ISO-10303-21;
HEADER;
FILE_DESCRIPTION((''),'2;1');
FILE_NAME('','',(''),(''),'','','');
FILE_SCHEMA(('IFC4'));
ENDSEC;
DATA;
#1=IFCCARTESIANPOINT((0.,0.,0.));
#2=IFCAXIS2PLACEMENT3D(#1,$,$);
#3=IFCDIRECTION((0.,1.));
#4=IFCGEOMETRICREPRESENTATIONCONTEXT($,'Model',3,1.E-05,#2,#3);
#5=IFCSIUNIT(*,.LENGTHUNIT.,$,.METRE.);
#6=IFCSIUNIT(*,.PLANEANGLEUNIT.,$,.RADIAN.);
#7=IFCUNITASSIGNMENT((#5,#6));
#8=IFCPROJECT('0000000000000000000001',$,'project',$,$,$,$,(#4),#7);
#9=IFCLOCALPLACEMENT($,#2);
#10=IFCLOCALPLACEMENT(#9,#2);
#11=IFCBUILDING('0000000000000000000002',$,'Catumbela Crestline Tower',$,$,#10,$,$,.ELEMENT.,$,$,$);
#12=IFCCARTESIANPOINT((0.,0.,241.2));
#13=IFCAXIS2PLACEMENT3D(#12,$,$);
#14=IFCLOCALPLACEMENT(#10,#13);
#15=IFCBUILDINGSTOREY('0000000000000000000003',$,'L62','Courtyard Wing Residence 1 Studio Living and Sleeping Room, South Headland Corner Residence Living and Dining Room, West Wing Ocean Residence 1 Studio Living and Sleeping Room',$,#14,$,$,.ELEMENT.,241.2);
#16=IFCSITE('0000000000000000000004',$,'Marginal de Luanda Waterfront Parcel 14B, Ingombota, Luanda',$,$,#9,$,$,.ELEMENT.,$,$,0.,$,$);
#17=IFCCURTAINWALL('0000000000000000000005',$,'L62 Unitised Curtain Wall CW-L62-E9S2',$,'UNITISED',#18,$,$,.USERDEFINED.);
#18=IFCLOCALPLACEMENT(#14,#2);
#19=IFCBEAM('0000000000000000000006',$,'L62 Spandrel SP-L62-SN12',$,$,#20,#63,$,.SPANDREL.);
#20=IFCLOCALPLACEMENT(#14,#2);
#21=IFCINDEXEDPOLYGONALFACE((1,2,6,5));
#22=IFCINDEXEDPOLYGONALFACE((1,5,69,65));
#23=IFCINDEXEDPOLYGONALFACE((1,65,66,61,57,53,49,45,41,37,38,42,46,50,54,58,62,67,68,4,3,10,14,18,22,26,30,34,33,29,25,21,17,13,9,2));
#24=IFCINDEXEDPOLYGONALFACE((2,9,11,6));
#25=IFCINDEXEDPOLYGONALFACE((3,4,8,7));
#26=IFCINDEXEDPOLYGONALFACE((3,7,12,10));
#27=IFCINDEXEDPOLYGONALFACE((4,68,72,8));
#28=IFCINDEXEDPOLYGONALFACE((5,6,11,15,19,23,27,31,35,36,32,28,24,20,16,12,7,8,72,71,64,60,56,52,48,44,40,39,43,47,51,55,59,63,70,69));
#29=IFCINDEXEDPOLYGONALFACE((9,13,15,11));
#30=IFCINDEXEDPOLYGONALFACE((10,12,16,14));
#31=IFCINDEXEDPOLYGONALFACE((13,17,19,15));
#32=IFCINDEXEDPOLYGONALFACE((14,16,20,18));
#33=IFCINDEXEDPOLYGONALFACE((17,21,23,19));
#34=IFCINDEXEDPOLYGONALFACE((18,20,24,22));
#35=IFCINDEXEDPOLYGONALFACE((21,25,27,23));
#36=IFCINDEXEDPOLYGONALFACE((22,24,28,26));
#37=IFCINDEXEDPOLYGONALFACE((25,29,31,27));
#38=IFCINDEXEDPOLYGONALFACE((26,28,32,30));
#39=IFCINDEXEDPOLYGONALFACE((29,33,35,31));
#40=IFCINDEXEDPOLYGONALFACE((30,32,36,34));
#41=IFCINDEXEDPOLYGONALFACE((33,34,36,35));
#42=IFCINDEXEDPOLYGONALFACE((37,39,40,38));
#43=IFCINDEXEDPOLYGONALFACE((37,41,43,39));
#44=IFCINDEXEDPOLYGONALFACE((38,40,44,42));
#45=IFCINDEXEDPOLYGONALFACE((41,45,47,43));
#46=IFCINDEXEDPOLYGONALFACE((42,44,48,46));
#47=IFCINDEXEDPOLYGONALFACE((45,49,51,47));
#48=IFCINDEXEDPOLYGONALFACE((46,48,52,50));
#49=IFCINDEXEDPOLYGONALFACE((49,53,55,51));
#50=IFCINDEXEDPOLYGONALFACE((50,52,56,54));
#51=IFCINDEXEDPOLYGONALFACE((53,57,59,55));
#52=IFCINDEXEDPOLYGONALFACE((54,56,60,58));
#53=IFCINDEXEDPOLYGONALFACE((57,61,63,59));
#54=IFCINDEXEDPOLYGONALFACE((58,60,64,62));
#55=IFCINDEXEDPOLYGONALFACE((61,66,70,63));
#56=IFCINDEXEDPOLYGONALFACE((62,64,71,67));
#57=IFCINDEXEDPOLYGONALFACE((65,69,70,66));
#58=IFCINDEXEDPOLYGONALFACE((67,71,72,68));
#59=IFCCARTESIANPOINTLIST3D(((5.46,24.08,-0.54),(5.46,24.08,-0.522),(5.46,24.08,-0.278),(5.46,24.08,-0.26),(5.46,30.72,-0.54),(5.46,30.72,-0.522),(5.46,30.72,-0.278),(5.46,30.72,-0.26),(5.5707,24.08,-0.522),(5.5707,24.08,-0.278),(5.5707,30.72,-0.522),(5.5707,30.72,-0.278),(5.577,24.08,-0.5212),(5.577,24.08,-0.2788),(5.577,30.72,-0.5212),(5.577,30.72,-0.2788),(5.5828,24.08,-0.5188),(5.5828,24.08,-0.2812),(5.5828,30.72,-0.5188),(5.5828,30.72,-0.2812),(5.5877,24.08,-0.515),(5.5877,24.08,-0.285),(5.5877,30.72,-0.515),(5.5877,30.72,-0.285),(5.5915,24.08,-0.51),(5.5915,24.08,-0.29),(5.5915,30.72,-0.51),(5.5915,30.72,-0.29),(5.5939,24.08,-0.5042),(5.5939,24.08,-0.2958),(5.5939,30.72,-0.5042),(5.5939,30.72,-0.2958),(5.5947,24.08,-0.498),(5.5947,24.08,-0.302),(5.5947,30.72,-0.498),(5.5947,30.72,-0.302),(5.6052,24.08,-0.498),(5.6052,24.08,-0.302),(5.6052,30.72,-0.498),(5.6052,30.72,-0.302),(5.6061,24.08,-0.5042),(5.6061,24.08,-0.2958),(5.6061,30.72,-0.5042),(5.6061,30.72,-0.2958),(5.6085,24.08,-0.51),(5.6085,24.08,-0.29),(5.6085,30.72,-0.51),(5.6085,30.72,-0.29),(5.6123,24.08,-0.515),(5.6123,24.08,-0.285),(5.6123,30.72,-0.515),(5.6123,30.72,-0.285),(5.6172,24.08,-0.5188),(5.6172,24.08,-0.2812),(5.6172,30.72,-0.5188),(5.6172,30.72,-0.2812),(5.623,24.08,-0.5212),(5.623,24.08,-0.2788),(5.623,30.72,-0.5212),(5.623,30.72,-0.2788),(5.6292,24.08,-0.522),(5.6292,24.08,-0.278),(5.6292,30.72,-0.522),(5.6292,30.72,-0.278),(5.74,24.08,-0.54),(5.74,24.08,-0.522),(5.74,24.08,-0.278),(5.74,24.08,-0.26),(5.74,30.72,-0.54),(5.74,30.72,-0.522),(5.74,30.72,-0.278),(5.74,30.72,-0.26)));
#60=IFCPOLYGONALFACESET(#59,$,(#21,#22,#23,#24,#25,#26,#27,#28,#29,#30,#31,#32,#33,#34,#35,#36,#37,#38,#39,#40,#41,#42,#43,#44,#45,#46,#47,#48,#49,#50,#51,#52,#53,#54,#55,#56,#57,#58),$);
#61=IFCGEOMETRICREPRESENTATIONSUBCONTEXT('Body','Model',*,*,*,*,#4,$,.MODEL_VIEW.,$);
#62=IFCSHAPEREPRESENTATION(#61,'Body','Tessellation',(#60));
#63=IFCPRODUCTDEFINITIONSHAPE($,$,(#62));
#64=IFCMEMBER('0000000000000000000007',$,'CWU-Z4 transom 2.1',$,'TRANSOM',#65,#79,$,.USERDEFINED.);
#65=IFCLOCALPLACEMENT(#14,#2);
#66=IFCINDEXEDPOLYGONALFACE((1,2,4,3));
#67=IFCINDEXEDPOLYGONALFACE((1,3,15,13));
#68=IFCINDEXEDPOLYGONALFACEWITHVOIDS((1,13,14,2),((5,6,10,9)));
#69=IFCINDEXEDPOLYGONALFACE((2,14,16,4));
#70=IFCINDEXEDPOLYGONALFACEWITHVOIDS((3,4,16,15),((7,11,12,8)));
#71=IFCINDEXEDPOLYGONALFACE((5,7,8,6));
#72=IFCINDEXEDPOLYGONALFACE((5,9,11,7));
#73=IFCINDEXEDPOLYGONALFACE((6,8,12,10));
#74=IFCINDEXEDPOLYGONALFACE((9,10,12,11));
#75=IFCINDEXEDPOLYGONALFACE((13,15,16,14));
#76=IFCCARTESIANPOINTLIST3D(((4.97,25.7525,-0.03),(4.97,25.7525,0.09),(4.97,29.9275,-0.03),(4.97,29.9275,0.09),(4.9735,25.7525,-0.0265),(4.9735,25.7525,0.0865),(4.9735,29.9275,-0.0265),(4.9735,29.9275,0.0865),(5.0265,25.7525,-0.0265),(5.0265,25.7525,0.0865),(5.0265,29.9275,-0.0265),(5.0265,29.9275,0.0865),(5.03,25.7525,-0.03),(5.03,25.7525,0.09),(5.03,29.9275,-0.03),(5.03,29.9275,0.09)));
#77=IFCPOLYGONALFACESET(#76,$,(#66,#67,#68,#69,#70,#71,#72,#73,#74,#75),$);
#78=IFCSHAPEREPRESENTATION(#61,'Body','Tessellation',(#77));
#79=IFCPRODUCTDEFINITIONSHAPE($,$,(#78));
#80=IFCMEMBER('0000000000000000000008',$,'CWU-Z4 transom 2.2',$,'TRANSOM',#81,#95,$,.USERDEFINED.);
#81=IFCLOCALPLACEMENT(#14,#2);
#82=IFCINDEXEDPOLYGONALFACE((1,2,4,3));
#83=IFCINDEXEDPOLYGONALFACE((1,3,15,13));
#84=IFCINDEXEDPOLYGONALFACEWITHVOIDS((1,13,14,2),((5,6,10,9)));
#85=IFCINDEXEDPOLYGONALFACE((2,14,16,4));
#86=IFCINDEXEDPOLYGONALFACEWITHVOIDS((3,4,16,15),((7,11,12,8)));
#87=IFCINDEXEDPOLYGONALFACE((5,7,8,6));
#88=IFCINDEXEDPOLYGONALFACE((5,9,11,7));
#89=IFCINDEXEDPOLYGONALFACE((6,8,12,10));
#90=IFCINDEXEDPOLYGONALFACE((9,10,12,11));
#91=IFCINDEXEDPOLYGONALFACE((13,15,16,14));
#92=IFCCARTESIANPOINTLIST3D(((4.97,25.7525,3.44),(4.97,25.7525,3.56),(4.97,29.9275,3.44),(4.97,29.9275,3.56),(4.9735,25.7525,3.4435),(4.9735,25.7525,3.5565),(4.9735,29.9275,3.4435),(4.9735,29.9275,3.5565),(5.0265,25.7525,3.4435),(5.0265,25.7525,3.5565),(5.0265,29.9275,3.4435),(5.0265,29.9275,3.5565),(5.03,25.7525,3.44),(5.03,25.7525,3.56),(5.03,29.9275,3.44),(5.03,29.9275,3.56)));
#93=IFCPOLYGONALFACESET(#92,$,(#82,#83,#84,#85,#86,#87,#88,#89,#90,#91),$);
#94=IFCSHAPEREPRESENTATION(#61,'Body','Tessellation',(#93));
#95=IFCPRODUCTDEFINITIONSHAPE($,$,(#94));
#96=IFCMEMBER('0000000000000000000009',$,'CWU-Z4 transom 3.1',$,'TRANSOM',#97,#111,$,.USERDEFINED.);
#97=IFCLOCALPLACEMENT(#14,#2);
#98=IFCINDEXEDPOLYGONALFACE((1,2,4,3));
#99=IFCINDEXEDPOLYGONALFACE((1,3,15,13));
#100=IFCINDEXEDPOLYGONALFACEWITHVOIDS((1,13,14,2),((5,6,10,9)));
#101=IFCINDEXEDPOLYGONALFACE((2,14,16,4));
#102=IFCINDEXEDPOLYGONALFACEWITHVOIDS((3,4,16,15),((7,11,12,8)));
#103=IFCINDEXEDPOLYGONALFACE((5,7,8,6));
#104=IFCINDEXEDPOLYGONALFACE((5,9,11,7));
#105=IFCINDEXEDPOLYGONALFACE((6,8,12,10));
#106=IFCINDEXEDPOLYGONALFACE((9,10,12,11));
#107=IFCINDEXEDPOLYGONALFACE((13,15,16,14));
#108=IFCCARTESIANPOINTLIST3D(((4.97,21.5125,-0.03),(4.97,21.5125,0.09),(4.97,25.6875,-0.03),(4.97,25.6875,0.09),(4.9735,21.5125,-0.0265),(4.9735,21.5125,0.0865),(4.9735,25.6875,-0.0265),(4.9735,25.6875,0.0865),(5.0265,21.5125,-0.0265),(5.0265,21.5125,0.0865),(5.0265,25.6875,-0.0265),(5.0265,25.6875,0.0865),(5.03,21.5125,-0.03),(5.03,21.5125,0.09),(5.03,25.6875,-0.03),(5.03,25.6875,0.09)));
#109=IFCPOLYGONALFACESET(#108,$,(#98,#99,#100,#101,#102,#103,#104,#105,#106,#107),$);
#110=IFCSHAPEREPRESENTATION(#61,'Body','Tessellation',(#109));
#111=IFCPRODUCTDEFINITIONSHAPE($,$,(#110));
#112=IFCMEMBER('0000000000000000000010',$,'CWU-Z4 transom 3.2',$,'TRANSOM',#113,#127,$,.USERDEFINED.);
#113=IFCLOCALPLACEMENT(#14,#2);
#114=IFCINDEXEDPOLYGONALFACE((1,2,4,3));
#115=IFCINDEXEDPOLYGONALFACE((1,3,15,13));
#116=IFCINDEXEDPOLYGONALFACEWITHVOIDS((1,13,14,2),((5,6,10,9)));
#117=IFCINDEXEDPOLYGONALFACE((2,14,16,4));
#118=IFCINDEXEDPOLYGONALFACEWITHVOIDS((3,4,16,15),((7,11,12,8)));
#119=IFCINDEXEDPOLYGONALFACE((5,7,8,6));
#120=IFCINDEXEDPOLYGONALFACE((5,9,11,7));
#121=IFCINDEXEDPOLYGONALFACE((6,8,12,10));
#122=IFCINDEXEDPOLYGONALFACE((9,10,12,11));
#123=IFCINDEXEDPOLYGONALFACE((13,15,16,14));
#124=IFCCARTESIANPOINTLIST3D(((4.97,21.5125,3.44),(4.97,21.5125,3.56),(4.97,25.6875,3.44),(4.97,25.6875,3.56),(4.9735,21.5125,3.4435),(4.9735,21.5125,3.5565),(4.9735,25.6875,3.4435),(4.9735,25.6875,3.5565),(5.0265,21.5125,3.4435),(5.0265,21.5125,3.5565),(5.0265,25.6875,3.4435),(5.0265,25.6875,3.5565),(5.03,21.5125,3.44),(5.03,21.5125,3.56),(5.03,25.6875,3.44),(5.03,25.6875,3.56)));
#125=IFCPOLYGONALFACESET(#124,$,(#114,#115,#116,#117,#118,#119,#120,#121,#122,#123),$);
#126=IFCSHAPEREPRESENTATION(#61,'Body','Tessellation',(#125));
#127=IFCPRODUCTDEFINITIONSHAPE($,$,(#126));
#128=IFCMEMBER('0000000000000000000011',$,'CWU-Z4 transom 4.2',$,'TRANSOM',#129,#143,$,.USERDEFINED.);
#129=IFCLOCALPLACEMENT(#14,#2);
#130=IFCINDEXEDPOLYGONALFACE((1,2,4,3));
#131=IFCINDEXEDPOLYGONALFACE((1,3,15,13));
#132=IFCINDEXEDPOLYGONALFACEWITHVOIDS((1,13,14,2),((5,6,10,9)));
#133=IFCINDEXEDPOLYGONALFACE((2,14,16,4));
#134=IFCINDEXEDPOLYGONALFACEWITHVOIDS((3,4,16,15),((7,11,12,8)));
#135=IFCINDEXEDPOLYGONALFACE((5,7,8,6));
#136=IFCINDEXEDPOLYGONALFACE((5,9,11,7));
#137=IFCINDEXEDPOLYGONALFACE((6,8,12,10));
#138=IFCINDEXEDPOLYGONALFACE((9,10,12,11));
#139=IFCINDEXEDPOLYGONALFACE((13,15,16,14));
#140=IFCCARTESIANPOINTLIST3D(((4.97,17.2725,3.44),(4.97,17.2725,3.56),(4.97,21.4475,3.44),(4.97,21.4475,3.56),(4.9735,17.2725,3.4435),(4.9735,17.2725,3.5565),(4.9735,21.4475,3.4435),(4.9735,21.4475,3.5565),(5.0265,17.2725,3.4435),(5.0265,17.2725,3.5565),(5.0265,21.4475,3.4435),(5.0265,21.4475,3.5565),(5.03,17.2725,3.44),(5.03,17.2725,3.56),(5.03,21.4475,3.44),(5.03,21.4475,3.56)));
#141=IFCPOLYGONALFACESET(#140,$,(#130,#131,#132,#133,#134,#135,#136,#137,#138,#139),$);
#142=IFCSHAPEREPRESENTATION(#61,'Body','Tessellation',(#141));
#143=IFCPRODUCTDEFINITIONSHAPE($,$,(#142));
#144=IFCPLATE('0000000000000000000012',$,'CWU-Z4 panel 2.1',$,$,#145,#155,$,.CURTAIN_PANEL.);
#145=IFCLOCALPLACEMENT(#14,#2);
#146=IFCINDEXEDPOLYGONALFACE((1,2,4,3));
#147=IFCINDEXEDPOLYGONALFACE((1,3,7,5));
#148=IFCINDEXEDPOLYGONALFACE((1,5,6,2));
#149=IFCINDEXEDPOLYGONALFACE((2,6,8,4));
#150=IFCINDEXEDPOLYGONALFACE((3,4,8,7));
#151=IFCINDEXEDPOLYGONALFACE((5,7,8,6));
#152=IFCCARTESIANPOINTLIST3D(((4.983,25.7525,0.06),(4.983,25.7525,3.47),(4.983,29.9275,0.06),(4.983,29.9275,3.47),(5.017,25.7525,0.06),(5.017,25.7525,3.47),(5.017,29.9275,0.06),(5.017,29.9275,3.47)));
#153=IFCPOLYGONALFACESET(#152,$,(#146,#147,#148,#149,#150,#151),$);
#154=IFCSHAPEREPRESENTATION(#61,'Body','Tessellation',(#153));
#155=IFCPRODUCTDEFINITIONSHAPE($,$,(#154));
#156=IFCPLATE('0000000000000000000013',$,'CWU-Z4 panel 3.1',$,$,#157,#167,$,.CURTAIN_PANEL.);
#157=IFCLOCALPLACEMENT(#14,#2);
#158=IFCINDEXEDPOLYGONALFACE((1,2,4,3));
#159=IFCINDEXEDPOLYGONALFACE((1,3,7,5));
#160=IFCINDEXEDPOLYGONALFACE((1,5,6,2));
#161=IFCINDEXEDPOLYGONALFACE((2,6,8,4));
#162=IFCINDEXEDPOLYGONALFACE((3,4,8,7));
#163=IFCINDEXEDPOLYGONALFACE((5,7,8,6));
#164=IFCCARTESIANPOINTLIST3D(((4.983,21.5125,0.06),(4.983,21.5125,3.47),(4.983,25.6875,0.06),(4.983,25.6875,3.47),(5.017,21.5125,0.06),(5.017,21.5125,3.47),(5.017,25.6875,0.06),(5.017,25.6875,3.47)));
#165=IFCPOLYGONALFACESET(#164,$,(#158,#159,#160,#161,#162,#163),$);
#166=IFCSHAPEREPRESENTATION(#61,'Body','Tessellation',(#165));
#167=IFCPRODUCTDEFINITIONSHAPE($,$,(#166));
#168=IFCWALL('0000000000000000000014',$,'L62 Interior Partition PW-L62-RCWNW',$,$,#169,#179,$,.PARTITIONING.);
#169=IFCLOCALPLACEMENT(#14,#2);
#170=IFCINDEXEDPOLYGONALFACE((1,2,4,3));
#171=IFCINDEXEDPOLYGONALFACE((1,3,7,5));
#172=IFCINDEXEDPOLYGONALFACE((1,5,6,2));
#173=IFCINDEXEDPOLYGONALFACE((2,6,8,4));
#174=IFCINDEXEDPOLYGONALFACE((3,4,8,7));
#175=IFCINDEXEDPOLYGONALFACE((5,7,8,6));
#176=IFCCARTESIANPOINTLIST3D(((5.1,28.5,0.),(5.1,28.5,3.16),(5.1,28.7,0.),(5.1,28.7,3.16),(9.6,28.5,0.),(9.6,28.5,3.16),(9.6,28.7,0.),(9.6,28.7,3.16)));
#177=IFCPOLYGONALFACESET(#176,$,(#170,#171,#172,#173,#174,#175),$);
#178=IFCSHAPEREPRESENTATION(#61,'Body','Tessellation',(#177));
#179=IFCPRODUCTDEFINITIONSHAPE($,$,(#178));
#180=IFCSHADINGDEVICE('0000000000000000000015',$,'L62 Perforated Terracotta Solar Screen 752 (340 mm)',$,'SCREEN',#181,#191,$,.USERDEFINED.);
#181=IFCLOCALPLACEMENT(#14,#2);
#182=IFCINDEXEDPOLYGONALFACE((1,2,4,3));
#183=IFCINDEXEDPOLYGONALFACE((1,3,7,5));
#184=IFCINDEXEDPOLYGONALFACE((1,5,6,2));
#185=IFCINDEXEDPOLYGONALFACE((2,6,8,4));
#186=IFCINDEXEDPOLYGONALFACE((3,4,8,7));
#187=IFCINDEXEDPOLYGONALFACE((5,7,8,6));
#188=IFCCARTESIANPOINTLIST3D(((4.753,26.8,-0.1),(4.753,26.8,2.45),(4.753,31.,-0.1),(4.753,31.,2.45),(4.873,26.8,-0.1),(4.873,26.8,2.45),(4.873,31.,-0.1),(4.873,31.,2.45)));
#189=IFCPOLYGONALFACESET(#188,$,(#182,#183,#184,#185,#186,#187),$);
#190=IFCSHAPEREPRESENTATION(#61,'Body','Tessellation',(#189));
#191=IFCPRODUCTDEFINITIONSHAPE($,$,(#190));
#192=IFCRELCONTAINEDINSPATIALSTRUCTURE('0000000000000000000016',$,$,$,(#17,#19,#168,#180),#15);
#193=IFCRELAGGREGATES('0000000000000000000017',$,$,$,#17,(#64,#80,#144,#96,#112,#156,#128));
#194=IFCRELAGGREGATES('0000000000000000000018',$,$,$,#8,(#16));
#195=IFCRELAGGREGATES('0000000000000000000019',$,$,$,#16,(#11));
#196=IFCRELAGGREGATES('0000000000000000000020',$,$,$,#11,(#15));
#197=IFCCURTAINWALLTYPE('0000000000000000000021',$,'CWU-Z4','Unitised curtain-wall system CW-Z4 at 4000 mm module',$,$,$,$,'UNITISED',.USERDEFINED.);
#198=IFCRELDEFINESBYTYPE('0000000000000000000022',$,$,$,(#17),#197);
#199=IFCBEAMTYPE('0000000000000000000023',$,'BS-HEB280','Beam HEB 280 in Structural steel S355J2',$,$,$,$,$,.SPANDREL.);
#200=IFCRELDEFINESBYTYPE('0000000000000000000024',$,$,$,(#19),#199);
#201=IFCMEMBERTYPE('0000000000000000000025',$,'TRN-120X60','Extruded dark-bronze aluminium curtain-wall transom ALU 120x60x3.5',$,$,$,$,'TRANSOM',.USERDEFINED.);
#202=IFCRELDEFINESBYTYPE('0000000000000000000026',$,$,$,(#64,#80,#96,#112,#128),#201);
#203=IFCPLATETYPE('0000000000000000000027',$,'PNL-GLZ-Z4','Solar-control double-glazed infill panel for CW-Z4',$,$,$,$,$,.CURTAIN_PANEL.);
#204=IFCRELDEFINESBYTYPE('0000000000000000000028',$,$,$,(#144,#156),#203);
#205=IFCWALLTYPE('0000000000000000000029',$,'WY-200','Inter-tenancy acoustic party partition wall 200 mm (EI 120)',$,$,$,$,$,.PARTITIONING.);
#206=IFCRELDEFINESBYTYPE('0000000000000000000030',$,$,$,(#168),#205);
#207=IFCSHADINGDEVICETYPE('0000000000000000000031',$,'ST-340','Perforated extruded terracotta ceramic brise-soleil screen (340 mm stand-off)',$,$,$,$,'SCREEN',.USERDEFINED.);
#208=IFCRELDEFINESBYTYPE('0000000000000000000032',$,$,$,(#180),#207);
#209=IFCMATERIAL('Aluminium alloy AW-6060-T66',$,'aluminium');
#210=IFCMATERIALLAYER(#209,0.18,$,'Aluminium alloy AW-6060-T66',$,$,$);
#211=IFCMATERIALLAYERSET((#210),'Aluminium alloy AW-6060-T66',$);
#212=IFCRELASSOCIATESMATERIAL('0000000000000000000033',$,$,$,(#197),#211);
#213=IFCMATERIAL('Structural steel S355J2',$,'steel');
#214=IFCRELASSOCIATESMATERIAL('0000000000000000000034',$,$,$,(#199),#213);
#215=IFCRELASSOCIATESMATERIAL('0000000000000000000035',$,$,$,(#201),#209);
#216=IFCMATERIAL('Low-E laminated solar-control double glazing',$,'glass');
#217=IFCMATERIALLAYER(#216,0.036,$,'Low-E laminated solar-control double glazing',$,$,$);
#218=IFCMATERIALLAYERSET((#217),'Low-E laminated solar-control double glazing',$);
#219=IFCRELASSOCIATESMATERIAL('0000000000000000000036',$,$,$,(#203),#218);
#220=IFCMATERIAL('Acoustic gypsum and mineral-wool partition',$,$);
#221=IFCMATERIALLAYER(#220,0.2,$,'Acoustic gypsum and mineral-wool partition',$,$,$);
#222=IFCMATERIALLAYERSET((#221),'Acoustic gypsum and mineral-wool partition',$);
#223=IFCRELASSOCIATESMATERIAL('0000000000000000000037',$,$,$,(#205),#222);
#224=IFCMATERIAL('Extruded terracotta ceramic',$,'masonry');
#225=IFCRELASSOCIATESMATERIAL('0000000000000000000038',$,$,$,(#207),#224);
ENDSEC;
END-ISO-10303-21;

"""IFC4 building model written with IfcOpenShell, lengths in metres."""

from ifc_helpers import new_model, si_unit, direction, frame, frame_2d, origin, origin_2d, place, context, subcontext, project, spatial, rectangle, hollow_rectangle, i_section, extrude, material, layer, layer_set, material_profile, profile_set, type_object, element, aggregate, save


model = new_model("IFC4")

# Units and contexts
model_context = context("Model", 3, precision=1e-05, world=origin(), true_north=direction((0.0, 1.0)))
body_context = subcontext(model_context, "Body", "Model", "MODEL_VIEW")
ifc_project = project(units=[si_unit("LENGTHUNIT", "METRE"), si_unit("PLANEANGLEUNIT", "RADIAN")], contexts=[model_context])

# Site, building, storey
site_placement = place(None, origin())
site = spatial("IfcSite", under=ifc_project, at=site_placement, Name="Marginal de Luanda Waterfront Parcel 14B, Ingombota, Luanda", CompositionType="ELEMENT", RefElevation=0.0)
building_placement = place(site_placement, origin())
building = spatial("IfcBuilding", under=site, at=building_placement, Name="Catumbela Crestline Tower", CompositionType="ELEMENT")
storey_placement = place(building_placement, frame((0.0, 0.0, 241.2)))
storey = spatial("IfcBuildingStorey", under=building, at=storey_placement, Name="L62", Description="Courtyard Wing Residence 1 Studio Living and Sleeping Room, South Headland Corner Residence Living and Dining Room, West Wing Ocean Residence 1 Studio Living and Sleeping Room", CompositionType="ELEMENT", Elevation=241.2)

# Shared definitions
ifc_material_1 = material(Name="Structural steel S355J2", Category="steel")

# Curtain wall
ifc_material_2 = material(Name="Aluminium alloy AW-6060-T66", Category="aluminium")
ifc_layer_1 = layer(ifc_material_2, 0.18, Name="Aluminium alloy AW-6060-T66")
ifc_layer_set_1 = layer_set([ifc_layer_1], Name="Aluminium alloy AW-6060-T66")
curtain_wall_type = type_object("IfcCurtainWallType", Name="CWU-Z4", Description="Unitised curtain-wall system CW-Z4 at 4000 mm module", ElementType="UNITISED", PredefinedType="USERDEFINED", material=ifc_layer_set_1)
curtain_wall_placement = place(storey_placement, origin())
curtain_wall = element("IfcCurtainWall", 1, at=curtain_wall_placement, inside=storey, type_object=curtain_wall_type, Name="L62 Unitised Curtain Wall CW-L62-E9S2", ObjectType="UNITISED", PredefinedType="USERDEFINED")

# Beam
ifc_material_profile_1 = material_profile(ifc_material_1, i_section(OverallWidth=0.28, OverallDepth=0.28, WebThickness=0.0105, FlangeThickness=0.018, FilletRadius=0.024, at=origin_2d()), Name="HEB 280")
ifc_profile_set_1 = profile_set([ifc_material_profile_1], Name="Structural steel S355J2")
beam_type_1 = type_object("IfcBeamType", Name="BS-HEB280", Description="Beam HEB 280 in Structural steel S355J2", PredefinedType="SPANDREL", material=ifc_profile_set_1)
beam_1_placement = place(storey_placement, frame((5.6, 24.08, -0.4), z_axis=(0.0, 1.0, 0.0), x_axis=(-1.0, 0.0, 0.0)))
element("IfcBeam", 2, at=beam_1_placement, inside=storey, type_object=beam_type_1, Name="L62 Spandrel SP-L62-SN12", PredefinedType="SPANDREL", context=body_context, shape_type="SweptSolid", body=[
    extrude(i_section(OverallWidth=0.28, OverallDepth=0.28, WebThickness=0.0105, FlangeThickness=0.018, FilletRadius=0.024, at=origin_2d()), origin(), (0.0, 0.0, 1.0), 6.64),
])

# Members
ifc_material_profile_2 = material_profile(ifc_material_2, hollow_rectangle(XDim=0.06, YDim=0.12, WallThickness=0.0035, at=origin_2d()), Name="ALU 120x60x3.5")
ifc_profile_set_2 = profile_set([ifc_material_profile_2], Name="Aluminium alloy AW-6060-T66")
member_type_1 = type_object("IfcMemberType", Name="TRN-120X60", Description="Extruded dark-bronze aluminium curtain-wall transom ALU 120x60x3.5", ElementType="TRANSOM", PredefinedType="USERDEFINED", material=ifc_profile_set_2)
member_1_placement = place(storey_placement, frame((5.0, 29.9275, 0.03), z_axis=(0.0, -1.0, 0.0), x_axis=(1.0, 0.0, 0.0)))
member_1 = element("IfcMember", 3, at=member_1_placement, type_object=member_type_1, Name="CWU-Z4 transom 2.1", ObjectType="TRANSOM", PredefinedType="USERDEFINED", context=body_context, shape_type="SweptSolid", body=[
    extrude(hollow_rectangle(XDim=0.06, YDim=0.12, WallThickness=0.0035, at=origin_2d()), origin(), (0.0, 0.0, 1.0), 4.175),
])
member_2_placement = place(storey_placement, frame((5.0, 29.9275, 3.5), z_axis=(0.0, -1.0, 0.0), x_axis=(1.0, 0.0, 0.0)))
member_2 = element("IfcMember", 4, at=member_2_placement, type_object=member_type_1, Name="CWU-Z4 transom 2.2", ObjectType="TRANSOM", PredefinedType="USERDEFINED", context=body_context, shape_type="SweptSolid", body=[
    extrude(hollow_rectangle(XDim=0.06, YDim=0.12, WallThickness=0.0035, at=origin_2d()), origin(), (0.0, 0.0, 1.0), 4.175),
])
member_3_placement = place(storey_placement, frame((5.0, 25.6875, 0.03), z_axis=(0.0, -1.0, 0.0), x_axis=(1.0, 0.0, 0.0)))
member_3 = element("IfcMember", 5, at=member_3_placement, type_object=member_type_1, Name="CWU-Z4 transom 3.1", ObjectType="TRANSOM", PredefinedType="USERDEFINED", context=body_context, shape_type="SweptSolid", body=[
    extrude(hollow_rectangle(XDim=0.06, YDim=0.12, WallThickness=0.0035, at=origin_2d()), origin(), (0.0, 0.0, 1.0), 4.175),
])
member_4_placement = place(storey_placement, frame((5.0, 25.6875, 3.5), z_axis=(0.0, -1.0, 0.0), x_axis=(1.0, 0.0, 0.0)))
member_4 = element("IfcMember", 6, at=member_4_placement, type_object=member_type_1, Name="CWU-Z4 transom 3.2", ObjectType="TRANSOM", PredefinedType="USERDEFINED", context=body_context, shape_type="SweptSolid", body=[
    extrude(hollow_rectangle(XDim=0.06, YDim=0.12, WallThickness=0.0035, at=origin_2d()), origin(), (0.0, 0.0, 1.0), 4.175),
])
member_5_placement = place(storey_placement, frame((5.0, 21.4475, 3.5), z_axis=(0.0, -1.0, 0.0), x_axis=(1.0, 0.0, 0.0)))
member_5 = element("IfcMember", 7, at=member_5_placement, type_object=member_type_1, Name="CWU-Z4 transom 4.2", ObjectType="TRANSOM", PredefinedType="USERDEFINED", context=body_context, shape_type="SweptSolid", body=[
    extrude(hollow_rectangle(XDim=0.06, YDim=0.12, WallThickness=0.0035, at=origin_2d()), origin(), (0.0, 0.0, 1.0), 4.175),
])

# Plates
ifc_material_3 = material(Name="Low-E laminated solar-control double glazing", Category="glass")
ifc_layer_2 = layer(ifc_material_3, 0.036, Name="Low-E laminated solar-control double glazing")
ifc_layer_set_2 = layer_set([ifc_layer_2], Name="Low-E laminated solar-control double glazing")
plate_type = type_object("IfcPlateType", Name="PNL-GLZ-Z4", Description="Solar-control double-glazed infill panel for CW-Z4", PredefinedType="CURTAIN_PANEL", material=ifc_layer_set_2)
plate_1_placement = place(storey_placement, frame((5.0, 27.84, 0.06), z_axis=(0.0, 0.0, 1.0), x_axis=(0.0, -1.0, 0.0)))
plate_1 = element("IfcPlate", 8, at=plate_1_placement, type_object=plate_type, Name="CWU-Z4 panel 2.1", PredefinedType="CURTAIN_PANEL", context=body_context, shape_type="SweptSolid", body=[
    extrude(rectangle(XDim=4.175, YDim=0.034, at=origin_2d()), origin(), (0.0, 0.0, 1.0), 3.41),
])
plate_2_placement = place(storey_placement, frame((5.0, 23.6, 0.06), z_axis=(0.0, 0.0, 1.0), x_axis=(0.0, -1.0, 0.0)))
plate_2 = element("IfcPlate", 9, at=plate_2_placement, type_object=plate_type, Name="CWU-Z4 panel 3.1", PredefinedType="CURTAIN_PANEL", context=body_context, shape_type="SweptSolid", body=[
    extrude(rectangle(XDim=4.175, YDim=0.034, at=origin_2d()), origin(), (0.0, 0.0, 1.0), 3.41),
])
aggregate(curtain_wall, [member_1, member_2, plate_1, member_3, member_4, plate_2, member_5])

# Wall
ifc_material_4 = material(Name="Acoustic gypsum and mineral-wool partition")
ifc_layer_3 = layer(ifc_material_4, 0.2, Name="Acoustic gypsum and mineral-wool partition")
ifc_layer_set_3 = layer_set([ifc_layer_3], Name="Acoustic gypsum and mineral-wool partition")
wall_type = type_object("IfcWallType", Name="WY-200", Description="Inter-tenancy acoustic party partition wall 200 mm (EI 120)", PredefinedType="PARTITIONING", material=ifc_layer_set_3)
wall_placement = place(storey_placement, frame((5.1, 28.6, 0.0), z_axis=(0.0, 0.0, 1.0), x_axis=(1.0, 0.0, 0.0)))
element("IfcWall", 10, at=wall_placement, inside=storey, type_object=wall_type, Name="L62 Interior Partition PW-L62-RCWNW", PredefinedType="PARTITIONING", context=body_context, shape_type="SweptSolid", body=[
    extrude(rectangle(XDim=4.5, YDim=0.2, at=frame_2d((2.25, 0.0))), origin(), (0.0, 0.0, 1.0), 3.16),
])

# Shading device
ifc_material_5 = material(Name="Extruded terracotta ceramic", Category="masonry")
shading_device_type = type_object("IfcShadingDeviceType", Name="ST-340", Description="Perforated extruded terracotta ceramic brise-soleil screen (340 mm stand-off)", ElementType="SCREEN", PredefinedType="USERDEFINED", material=ifc_material_5)
shading_device_placement = place(storey_placement, frame((4.813, 28.9, -0.1), z_axis=(0.0, 0.0, 1.0), x_axis=(0.0, -1.0, 0.0)))
element("IfcShadingDevice", 11, at=shading_device_placement, inside=storey, type_object=shading_device_type, Name="L62 Perforated Terracotta Solar Screen 752 (340 mm)", ObjectType="SCREEN", PredefinedType="USERDEFINED", context=body_context, shape_type="SweptSolid", body=[
    extrude(rectangle(XDim=4.2, YDim=0.12, at=origin_2d()), origin(), (0.0, 0.0, 1.0), 2.55),
])

save(model, "model.ifc")
